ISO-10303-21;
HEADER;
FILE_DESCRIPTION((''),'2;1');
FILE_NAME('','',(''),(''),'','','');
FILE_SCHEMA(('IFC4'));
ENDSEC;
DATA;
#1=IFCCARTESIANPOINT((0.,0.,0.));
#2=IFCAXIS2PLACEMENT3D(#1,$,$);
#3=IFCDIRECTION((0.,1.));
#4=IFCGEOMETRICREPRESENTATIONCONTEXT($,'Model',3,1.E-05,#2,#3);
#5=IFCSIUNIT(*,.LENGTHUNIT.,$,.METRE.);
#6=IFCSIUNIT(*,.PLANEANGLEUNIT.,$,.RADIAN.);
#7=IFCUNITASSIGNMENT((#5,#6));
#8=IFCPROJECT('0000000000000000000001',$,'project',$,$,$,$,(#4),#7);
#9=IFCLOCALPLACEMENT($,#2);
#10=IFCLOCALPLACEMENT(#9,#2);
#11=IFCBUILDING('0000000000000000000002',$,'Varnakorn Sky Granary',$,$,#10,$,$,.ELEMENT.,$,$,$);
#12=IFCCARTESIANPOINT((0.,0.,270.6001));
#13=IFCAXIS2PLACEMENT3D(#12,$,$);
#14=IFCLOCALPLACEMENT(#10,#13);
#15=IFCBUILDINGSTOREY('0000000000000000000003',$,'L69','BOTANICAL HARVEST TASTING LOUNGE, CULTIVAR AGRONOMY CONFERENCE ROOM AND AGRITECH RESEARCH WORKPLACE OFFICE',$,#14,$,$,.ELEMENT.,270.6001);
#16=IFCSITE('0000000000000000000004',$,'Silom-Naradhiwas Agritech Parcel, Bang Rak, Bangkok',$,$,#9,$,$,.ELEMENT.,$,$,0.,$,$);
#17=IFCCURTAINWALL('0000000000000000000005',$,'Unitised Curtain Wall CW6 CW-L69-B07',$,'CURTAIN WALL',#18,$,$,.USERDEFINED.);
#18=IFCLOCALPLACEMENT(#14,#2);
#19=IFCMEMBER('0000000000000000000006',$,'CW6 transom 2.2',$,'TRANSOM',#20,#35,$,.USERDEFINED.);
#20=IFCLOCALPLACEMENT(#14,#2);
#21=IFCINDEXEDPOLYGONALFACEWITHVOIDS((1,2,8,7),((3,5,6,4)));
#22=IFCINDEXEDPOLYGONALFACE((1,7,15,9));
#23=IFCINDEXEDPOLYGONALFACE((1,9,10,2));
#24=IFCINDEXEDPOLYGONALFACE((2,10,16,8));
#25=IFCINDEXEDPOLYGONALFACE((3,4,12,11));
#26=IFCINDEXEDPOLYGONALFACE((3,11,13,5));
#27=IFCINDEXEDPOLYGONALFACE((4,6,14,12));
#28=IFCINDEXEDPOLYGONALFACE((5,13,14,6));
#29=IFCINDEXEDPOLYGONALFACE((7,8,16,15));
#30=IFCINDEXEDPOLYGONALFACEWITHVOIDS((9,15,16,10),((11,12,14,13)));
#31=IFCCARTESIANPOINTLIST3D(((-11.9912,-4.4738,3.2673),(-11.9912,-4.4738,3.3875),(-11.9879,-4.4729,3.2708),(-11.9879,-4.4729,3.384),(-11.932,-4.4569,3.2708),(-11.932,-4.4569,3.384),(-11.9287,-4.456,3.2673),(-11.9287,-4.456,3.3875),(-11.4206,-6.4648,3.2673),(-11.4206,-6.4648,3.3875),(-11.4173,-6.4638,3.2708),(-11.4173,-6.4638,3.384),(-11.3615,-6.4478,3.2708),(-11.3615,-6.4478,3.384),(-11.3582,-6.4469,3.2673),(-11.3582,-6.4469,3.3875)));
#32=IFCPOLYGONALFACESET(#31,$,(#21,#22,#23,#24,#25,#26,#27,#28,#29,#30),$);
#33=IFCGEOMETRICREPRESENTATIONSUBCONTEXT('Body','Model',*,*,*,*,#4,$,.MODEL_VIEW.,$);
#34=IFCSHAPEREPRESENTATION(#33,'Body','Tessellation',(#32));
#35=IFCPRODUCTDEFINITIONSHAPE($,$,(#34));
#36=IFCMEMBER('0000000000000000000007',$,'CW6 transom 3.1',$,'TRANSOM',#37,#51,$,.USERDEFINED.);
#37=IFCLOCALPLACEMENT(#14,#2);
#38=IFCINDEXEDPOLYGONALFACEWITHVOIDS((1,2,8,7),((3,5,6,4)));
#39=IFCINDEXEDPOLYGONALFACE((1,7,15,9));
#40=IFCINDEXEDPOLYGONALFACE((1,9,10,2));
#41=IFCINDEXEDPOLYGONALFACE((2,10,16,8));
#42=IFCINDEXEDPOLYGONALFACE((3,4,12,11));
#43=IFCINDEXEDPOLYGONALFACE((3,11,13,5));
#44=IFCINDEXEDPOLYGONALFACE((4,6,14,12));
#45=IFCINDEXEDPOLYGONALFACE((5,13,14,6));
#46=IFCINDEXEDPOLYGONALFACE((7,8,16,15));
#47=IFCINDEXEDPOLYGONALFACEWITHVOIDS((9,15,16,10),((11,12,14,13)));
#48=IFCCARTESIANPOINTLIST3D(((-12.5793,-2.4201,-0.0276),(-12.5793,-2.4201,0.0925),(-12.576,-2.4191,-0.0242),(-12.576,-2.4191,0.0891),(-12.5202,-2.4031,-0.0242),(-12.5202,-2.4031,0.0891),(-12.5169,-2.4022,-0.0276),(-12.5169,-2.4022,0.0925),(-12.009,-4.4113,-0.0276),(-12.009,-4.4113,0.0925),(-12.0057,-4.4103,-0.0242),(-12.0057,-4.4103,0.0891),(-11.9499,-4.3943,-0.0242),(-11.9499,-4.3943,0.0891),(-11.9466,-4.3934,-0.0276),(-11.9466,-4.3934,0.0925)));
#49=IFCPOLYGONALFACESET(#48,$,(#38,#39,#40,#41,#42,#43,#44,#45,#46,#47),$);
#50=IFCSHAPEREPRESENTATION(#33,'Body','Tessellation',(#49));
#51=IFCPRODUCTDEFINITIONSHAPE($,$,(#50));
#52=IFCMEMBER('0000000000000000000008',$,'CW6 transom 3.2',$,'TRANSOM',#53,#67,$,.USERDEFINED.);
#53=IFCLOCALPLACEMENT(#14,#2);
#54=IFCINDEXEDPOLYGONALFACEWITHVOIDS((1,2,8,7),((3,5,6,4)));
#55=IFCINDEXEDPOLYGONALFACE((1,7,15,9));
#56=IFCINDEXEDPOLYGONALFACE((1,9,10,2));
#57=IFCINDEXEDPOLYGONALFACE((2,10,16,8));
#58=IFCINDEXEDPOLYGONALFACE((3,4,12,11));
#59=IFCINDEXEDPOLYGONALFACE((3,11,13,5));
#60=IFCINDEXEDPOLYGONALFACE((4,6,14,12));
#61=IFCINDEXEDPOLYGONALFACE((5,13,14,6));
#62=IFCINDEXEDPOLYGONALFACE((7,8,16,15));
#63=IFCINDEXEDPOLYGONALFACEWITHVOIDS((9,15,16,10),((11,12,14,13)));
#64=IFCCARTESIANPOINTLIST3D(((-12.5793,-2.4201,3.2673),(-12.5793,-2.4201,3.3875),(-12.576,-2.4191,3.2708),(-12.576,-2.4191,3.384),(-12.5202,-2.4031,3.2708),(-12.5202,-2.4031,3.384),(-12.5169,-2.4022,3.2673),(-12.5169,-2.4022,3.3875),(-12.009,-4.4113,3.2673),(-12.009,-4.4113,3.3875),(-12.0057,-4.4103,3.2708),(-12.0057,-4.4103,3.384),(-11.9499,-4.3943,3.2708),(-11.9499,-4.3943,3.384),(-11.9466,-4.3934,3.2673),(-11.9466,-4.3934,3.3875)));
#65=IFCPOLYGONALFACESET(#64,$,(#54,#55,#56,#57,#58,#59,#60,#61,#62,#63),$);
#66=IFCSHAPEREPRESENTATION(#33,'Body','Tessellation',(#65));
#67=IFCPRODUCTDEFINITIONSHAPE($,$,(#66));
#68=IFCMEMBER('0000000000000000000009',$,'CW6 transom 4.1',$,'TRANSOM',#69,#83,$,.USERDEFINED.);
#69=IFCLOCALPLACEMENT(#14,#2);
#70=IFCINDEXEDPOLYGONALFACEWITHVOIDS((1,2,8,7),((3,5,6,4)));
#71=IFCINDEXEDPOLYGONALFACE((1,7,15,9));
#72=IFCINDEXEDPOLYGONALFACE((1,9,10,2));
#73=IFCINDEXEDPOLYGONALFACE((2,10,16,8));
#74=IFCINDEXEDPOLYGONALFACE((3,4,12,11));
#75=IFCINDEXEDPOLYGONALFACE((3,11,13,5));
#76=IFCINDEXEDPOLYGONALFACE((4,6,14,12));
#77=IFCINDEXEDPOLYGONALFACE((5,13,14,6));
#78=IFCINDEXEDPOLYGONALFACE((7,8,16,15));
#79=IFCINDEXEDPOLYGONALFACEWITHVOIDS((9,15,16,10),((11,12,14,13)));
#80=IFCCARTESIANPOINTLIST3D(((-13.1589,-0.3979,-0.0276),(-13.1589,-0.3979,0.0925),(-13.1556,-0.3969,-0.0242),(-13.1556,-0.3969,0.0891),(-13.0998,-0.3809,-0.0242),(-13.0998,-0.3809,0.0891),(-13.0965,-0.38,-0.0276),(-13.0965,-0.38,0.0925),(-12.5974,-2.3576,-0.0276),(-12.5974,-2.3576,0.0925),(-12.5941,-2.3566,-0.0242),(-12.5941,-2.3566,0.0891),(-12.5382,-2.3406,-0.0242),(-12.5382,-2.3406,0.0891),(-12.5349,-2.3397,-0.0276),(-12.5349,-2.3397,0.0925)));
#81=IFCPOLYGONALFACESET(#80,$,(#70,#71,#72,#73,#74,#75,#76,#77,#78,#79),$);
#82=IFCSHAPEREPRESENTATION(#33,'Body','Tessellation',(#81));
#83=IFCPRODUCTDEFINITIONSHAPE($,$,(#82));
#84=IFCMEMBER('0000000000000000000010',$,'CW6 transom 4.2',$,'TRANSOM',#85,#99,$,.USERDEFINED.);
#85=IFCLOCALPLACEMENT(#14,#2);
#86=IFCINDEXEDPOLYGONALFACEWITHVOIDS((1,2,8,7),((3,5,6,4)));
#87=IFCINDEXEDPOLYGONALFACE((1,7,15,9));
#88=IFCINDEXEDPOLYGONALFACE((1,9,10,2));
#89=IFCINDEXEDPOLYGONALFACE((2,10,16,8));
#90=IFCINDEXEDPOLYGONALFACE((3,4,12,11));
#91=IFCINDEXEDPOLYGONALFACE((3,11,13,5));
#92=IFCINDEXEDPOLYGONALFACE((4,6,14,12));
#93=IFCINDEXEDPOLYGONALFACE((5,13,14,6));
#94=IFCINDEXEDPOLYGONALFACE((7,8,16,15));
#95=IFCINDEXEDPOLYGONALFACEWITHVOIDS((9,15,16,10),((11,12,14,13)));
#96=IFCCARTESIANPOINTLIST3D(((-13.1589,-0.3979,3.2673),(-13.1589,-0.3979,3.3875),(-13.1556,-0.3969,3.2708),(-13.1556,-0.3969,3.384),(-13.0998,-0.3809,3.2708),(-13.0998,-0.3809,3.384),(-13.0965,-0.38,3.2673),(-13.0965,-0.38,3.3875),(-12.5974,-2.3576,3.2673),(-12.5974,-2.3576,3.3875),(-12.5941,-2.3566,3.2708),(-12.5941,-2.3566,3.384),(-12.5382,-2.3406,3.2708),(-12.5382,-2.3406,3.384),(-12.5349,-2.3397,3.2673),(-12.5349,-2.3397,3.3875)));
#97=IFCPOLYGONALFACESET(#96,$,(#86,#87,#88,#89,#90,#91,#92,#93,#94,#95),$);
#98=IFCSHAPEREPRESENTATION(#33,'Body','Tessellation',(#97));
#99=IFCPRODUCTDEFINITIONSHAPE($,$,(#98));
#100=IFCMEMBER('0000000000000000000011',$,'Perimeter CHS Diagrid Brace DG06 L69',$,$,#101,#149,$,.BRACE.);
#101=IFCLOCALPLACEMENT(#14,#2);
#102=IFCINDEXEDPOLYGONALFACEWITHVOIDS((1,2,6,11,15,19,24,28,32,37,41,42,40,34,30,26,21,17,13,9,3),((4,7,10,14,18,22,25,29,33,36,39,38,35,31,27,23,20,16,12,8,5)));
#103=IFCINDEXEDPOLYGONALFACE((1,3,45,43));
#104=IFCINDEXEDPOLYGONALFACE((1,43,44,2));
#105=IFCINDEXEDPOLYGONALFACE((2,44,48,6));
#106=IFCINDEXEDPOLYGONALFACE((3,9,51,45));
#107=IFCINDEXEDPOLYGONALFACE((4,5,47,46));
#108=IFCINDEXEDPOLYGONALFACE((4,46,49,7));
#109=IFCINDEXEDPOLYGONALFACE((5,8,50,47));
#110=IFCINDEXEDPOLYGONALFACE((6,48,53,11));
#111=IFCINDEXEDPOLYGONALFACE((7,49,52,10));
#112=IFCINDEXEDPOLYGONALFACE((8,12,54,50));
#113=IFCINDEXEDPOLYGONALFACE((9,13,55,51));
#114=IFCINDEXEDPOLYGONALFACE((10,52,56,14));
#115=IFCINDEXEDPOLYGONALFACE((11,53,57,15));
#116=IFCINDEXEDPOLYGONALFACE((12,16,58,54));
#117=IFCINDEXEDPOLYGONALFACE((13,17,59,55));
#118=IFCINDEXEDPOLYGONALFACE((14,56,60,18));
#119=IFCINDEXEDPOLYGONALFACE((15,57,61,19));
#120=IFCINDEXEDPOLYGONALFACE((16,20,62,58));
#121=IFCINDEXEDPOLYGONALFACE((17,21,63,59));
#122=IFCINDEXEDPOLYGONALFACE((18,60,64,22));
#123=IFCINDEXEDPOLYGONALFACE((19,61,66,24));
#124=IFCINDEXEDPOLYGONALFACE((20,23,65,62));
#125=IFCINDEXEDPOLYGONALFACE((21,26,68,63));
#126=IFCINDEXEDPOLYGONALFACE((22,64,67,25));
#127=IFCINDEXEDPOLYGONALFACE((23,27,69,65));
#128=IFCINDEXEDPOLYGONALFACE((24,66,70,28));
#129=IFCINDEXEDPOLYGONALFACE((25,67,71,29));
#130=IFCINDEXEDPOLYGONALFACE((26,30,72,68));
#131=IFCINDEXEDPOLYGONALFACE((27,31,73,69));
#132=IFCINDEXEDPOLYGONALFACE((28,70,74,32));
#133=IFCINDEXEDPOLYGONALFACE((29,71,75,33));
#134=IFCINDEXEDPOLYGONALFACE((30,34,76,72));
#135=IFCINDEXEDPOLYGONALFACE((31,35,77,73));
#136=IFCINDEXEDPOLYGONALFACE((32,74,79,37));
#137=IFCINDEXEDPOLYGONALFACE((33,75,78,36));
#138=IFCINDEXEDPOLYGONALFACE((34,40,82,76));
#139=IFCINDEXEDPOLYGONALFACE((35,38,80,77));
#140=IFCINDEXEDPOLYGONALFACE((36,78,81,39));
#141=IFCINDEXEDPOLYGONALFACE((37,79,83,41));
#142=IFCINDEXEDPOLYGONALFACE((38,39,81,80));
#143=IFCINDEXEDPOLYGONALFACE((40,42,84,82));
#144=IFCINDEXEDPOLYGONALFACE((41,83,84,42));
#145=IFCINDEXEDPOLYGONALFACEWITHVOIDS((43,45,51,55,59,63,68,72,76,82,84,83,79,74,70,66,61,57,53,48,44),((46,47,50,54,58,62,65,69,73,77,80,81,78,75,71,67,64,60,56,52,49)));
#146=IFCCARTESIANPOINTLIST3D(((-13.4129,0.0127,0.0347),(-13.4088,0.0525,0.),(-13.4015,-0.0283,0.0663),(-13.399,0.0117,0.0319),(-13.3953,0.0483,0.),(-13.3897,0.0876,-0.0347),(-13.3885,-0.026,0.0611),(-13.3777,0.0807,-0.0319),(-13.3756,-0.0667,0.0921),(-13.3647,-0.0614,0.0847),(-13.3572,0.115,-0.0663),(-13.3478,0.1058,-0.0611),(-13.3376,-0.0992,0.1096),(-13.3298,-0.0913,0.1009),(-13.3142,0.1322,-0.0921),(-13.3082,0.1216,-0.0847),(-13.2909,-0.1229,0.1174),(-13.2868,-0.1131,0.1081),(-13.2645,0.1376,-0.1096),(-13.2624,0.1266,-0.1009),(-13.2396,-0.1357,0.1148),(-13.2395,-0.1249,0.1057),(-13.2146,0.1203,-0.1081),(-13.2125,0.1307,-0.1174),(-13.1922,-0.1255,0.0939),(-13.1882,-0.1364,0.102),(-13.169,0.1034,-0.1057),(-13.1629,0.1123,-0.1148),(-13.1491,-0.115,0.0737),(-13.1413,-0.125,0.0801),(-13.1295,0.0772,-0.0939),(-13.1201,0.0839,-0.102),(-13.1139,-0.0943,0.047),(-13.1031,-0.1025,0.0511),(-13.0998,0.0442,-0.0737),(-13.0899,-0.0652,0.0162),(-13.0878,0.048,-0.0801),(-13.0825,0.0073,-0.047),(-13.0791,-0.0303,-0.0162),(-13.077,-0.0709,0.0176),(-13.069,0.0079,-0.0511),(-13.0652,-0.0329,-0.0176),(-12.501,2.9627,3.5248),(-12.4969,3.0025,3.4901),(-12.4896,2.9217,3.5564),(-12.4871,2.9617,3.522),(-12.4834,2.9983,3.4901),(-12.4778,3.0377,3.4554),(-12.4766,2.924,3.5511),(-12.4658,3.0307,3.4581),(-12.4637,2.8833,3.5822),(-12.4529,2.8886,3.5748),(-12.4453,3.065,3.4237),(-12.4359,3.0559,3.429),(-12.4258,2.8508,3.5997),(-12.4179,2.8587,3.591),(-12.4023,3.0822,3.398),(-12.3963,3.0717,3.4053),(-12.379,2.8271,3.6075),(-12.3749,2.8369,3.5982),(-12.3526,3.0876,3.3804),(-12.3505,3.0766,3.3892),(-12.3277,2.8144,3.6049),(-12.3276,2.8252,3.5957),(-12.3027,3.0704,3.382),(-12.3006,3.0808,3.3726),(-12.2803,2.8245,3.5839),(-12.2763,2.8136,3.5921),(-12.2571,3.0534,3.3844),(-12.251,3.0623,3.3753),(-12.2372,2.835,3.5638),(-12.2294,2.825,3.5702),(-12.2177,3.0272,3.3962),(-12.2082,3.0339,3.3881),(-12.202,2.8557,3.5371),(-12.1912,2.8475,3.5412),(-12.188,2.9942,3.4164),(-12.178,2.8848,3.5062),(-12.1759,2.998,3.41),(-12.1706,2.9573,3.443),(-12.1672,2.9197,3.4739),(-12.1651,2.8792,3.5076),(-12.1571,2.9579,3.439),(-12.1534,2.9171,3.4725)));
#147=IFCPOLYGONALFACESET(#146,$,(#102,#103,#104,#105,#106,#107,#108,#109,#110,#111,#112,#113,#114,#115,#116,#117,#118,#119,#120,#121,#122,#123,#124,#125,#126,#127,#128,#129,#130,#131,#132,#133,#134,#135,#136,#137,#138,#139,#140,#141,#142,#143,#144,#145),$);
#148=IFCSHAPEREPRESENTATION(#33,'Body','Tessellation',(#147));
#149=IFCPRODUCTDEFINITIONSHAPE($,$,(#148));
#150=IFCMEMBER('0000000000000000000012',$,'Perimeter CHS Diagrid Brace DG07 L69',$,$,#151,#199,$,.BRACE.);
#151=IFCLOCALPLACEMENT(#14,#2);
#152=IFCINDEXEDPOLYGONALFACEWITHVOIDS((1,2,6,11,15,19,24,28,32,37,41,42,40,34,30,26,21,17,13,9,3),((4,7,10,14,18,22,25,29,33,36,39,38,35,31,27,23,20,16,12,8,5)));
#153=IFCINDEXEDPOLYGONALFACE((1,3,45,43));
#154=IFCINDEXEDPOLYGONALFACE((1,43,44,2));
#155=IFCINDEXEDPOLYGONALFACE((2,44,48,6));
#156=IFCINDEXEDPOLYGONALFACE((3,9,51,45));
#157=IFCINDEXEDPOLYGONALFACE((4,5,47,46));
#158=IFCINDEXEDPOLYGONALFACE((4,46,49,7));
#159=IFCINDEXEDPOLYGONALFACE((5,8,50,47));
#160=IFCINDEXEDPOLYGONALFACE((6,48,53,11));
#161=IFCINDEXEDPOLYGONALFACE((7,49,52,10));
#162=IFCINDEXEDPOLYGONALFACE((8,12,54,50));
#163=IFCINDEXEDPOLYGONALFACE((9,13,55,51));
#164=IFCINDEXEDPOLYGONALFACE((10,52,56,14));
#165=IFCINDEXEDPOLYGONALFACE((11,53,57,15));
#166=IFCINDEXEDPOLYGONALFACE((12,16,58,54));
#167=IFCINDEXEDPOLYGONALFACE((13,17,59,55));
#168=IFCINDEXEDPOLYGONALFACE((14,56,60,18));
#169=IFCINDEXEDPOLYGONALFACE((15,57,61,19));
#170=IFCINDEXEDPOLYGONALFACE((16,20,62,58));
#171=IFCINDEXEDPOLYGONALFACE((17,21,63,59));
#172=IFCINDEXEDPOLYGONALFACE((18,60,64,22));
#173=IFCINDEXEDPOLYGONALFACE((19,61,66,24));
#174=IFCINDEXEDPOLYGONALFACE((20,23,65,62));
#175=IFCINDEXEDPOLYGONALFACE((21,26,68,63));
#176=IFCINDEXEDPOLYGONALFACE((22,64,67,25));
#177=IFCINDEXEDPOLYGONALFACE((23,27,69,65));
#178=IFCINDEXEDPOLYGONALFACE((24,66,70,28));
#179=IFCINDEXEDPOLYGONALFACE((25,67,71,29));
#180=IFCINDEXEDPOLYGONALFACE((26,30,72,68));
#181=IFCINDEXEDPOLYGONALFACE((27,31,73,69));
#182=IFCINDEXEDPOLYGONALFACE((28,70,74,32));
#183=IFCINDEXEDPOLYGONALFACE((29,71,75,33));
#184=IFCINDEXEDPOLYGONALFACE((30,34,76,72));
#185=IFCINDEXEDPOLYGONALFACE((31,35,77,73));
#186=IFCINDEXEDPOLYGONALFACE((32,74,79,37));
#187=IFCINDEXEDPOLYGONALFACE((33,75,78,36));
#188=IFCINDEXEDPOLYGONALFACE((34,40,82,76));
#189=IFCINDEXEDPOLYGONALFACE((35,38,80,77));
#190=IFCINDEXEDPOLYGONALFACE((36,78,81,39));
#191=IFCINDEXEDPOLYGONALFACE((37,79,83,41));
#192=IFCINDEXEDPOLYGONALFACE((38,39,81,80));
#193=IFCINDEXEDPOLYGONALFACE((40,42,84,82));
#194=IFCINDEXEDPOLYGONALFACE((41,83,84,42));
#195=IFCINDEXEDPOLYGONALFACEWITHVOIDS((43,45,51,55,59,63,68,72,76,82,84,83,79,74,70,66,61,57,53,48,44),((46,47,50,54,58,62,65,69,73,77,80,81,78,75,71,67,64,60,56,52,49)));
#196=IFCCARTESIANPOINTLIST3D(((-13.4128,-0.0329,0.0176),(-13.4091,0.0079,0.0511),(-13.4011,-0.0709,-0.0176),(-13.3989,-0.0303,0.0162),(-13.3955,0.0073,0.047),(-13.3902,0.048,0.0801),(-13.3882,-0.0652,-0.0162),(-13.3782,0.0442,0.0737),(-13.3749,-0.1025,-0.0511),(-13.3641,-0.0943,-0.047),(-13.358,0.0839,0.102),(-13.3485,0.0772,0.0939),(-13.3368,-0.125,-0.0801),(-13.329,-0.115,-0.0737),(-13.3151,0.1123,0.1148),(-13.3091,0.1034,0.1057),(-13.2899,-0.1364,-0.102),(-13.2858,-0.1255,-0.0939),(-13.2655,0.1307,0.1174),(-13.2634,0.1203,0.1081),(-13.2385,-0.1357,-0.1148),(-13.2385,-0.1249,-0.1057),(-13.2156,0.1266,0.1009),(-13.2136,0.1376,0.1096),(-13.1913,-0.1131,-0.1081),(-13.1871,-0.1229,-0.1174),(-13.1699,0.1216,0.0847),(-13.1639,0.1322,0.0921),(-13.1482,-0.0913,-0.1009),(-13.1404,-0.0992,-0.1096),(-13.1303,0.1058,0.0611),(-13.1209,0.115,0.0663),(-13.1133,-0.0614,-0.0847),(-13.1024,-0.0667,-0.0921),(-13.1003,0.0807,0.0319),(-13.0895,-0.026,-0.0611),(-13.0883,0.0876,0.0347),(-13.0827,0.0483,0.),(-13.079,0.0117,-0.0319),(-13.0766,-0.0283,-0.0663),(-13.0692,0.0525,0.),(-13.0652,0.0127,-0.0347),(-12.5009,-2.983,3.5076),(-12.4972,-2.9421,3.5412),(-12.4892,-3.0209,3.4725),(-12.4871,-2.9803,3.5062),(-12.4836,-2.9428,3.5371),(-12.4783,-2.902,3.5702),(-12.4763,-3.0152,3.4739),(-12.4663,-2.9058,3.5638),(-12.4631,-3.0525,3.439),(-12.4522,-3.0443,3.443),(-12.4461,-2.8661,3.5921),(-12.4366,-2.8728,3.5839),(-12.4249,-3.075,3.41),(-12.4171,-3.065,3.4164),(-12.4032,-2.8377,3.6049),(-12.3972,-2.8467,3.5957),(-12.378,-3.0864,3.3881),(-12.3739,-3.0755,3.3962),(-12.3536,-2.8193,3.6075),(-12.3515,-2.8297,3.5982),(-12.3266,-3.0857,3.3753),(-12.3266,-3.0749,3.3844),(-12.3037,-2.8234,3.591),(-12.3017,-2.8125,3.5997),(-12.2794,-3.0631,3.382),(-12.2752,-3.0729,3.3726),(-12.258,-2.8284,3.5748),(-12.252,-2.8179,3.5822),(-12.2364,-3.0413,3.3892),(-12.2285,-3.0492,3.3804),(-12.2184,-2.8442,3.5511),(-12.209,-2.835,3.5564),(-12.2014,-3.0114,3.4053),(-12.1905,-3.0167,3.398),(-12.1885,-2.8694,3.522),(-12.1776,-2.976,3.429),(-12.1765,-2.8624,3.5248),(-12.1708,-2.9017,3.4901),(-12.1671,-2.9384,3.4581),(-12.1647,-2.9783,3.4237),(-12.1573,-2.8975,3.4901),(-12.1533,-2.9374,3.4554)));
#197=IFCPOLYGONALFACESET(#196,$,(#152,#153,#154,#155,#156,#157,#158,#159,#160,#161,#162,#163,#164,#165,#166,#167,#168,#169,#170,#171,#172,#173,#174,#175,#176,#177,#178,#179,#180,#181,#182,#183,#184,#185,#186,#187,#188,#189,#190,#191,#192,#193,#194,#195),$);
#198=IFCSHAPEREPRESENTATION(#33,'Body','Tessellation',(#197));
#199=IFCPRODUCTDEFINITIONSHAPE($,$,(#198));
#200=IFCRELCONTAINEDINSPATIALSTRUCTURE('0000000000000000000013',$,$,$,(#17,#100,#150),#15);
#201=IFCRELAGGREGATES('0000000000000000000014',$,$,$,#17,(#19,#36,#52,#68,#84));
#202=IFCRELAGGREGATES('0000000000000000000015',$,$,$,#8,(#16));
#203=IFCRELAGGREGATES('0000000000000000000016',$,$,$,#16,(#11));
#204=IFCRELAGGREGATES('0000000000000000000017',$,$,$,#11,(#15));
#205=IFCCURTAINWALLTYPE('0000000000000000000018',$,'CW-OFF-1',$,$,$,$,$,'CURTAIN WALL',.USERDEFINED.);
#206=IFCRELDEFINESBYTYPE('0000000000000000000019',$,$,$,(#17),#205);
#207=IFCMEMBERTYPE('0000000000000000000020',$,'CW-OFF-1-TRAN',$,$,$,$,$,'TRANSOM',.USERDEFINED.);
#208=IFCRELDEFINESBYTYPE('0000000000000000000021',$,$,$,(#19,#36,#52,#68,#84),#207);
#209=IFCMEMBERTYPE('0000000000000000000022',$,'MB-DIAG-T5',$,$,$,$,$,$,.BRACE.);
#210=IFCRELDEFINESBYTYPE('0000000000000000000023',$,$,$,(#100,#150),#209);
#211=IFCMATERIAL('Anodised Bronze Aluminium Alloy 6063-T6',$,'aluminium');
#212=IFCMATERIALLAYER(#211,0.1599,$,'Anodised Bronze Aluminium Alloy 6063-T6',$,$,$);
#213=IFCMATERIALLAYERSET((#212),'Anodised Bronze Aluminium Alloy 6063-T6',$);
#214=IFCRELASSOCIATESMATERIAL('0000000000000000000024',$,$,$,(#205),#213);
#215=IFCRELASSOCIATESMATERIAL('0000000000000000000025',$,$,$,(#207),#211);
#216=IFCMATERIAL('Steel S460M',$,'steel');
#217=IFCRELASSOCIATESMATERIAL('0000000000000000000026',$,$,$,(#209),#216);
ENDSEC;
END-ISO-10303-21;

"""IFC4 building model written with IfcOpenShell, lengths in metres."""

from ifc_helpers import new_model, si_unit, direction, frame, origin, origin_2d, place, context, subcontext, project, spatial, hollow_rectangle, hollow_circle, extrude, material, layer, layer_set, material_profile, profile_set, type_object, element, aggregate, save


model = new_model("IFC4")

# Units and contexts
model_context = context("Model", 3, precision=1e-05, world=origin(), true_north=direction((0.0, 1.0)))
body_context = subcontext(model_context, "Body", "Model", "MODEL_VIEW")
ifc_project = project(units=[si_unit("LENGTHUNIT", "METRE"), si_unit("PLANEANGLEUNIT", "RADIAN")], contexts=[model_context])

# Site, building, storey
site_placement = place(None, origin())
site = spatial("IfcSite", under=ifc_project, at=site_placement, Name="Silom-Naradhiwas Agritech Parcel, Bang Rak, Bangkok", CompositionType="ELEMENT", RefElevation=0.0)
building_placement = place(site_placement, origin())
building = spatial("IfcBuilding", under=site, at=building_placement, Name="Varnakorn Sky Granary", CompositionType="ELEMENT")
storey_placement = place(building_placement, frame((0.0, 0.0, 270.6001)))
storey = spatial("IfcBuildingStorey", under=building, at=storey_placement, Name="L69", Description="BOTANICAL HARVEST TASTING LOUNGE, CULTIVAR AGRONOMY CONFERENCE ROOM AND AGRITECH RESEARCH WORKPLACE OFFICE", CompositionType="ELEMENT", Elevation=270.6001)

# Shared definitions
ifc_material_1 = material(Name="Steel S460M", Category="steel")

# Curtain wall, members
ifc_material_2 = material(Name="Anodised Bronze Aluminium Alloy 6063-T6", Category="aluminium")
ifc_layer_1 = layer(ifc_material_2, 0.1599, Name="Anodised Bronze Aluminium Alloy 6063-T6")
ifc_layer_set_1 = layer_set([ifc_layer_1], Name="Anodised Bronze Aluminium Alloy 6063-T6")
curtain_wall_type = type_object("IfcCurtainWallType", Name="CW-OFF-1", ElementType="CURTAIN WALL", PredefinedType="USERDEFINED", material=ifc_layer_set_1)
curtain_wall_placement = place(storey_placement, origin())
curtain_wall = element("IfcCurtainWall", 1, at=curtain_wall_placement, inside=storey, type_object=curtain_wall_type, Name="Unitised Curtain Wall CW6 CW-L69-B07", ObjectType="CURTAIN WALL", PredefinedType="USERDEFINED")
ifc_material_profile_1 = material_profile(ifc_material_2, hollow_rectangle(XDim=0.0649, YDim=0.1201, WallThickness=0.0034, at=origin_2d()), Name="ALU TRAN 65x120")
ifc_profile_set_1 = profile_set([ifc_material_profile_1], Name="Anodised Bronze Aluminium Alloy 6063-T6")
member_type_1 = type_object("IfcMemberType", Name="CW-OFF-1-TRAN", ElementType="TRANSOM", PredefinedType="USERDEFINED", material=ifc_profile_set_1)
member_1_placement = place(storey_placement, frame((-11.3894, -6.4558, 3.3274), z_axis=(-0.275484, 0.961306, 0.0), x_axis=(-0.961306, -0.275484, 0.0)))
member_1 = element("IfcMember", 2, at=member_1_placement, type_object=member_type_1, Name="CW6 transom 2.2", ObjectType="TRANSOM", PredefinedType="USERDEFINED", context=body_context, shape_type="SweptSolid", body=[
    extrude(hollow_rectangle(XDim=0.0649, YDim=0.1201, WallThickness=0.0034, at=origin_2d()), origin(), (0.0, 0.0, 1.0), 2.071),
])
member_2_placement = place(storey_placement, frame((-11.9778, -4.4023, 0.0325), z_axis=(-0.275344, 0.961346, 0.0), x_axis=(-0.961346, -0.275344, 0.0)))
member_2 = element("IfcMember", 3, at=member_2_placement, type_object=member_type_1, Name="CW6 transom 3.1", ObjectType="TRANSOM", PredefinedType="USERDEFINED", context=body_context, shape_type="SweptSolid", body=[
    extrude(hollow_rectangle(XDim=0.0649, YDim=0.1201, WallThickness=0.0034, at=origin_2d()), origin(), (0.0, 0.0, 1.0), 2.0713),
])
member_3_placement = place(storey_placement, frame((-11.9778, -4.4023, 3.3274), z_axis=(-0.275344, 0.961346, 0.0), x_axis=(-0.961346, -0.275344, 0.0)))
member_3 = element("IfcMember", 4, at=member_3_placement, type_object=member_type_1, Name="CW6 transom 3.2", ObjectType="TRANSOM", PredefinedType="USERDEFINED", context=body_context, shape_type="SweptSolid", body=[
    extrude(hollow_rectangle(XDim=0.0649, YDim=0.1201, WallThickness=0.0034, at=origin_2d()), origin(), (0.0, 0.0, 1.0), 2.0713),
])
member_4_placement = place(storey_placement, frame((-12.5662, -2.3486, 0.0325), z_axis=(-0.275449, 0.961316, 0.0), x_axis=(-0.961316, -0.275449, 0.0)))
member_4 = element("IfcMember", 5, at=member_4_placement, type_object=member_type_1, Name="CW6 transom 4.1", ObjectType="TRANSOM", PredefinedType="USERDEFINED", context=body_context, shape_type="SweptSolid", body=[
    extrude(hollow_rectangle(XDim=0.0649, YDim=0.1201, WallThickness=0.0034, at=origin_2d()), origin(), (0.0, 0.0, 1.0), 2.0386),
])
member_5_placement = place(storey_placement, frame((-12.5662, -2.3486, 3.3274), z_axis=(-0.275449, 0.961316, 0.0), x_axis=(-0.961316, -0.275449, 0.0)))
member_5 = element("IfcMember", 6, at=member_5_placement, type_object=member_type_1, Name="CW6 transom 4.2", ObjectType="TRANSOM", PredefinedType="USERDEFINED", context=body_context, shape_type="SweptSolid", body=[
    extrude(hollow_rectangle(XDim=0.0649, YDim=0.1201, WallThickness=0.0034, at=origin_2d()), origin(), (0.0, 0.0, 1.0), 2.0386),
])

# Members
ifc_material_profile_2 = material_profile(ifc_material_1, hollow_circle(Radius=0.1777, WallThickness=0.0142, at=origin_2d()), Name="CHS 355.6x14")
ifc_profile_set_2 = profile_set([ifc_material_profile_2], Name="Steel S460M")
member_type_2 = type_object("IfcMemberType", Name="MB-DIAG-T5", PredefinedType="BRACE", material=ifc_profile_set_2)
for number, where, z_axis, x_axis, name in (
    (7, (-13.239, 0.0, 0.0), (0.195688, 0.633064, 0.748957), (-0.955397, 0.295325, 0.0), "Perimeter CHS Diagrid Brace DG06 L69"),
    (8, (-13.239, 0.0, 0.0), (0.195688, -0.633064, 0.748957), (0.955397, 0.295325, 0.0), "Perimeter CHS Diagrid Brace DG07 L69"),
):
    element("IfcMember", number, at=place(storey_placement, frame(where, z_axis=z_axis, x_axis=x_axis)), inside=storey, type_object=member_type_2, Name=name, PredefinedType="BRACE", context=body_context, shape_type="SweptSolid", body=[
        extrude(hollow_circle(Radius=0.1777, WallThickness=0.0142, at=origin_2d()), origin(), (0.0, 0.0, 1.0), 4.6599),
    ])

aggregate(curtain_wall, [member_1, member_2, member_3, member_4, member_5])

save(model, "model.ifc")
